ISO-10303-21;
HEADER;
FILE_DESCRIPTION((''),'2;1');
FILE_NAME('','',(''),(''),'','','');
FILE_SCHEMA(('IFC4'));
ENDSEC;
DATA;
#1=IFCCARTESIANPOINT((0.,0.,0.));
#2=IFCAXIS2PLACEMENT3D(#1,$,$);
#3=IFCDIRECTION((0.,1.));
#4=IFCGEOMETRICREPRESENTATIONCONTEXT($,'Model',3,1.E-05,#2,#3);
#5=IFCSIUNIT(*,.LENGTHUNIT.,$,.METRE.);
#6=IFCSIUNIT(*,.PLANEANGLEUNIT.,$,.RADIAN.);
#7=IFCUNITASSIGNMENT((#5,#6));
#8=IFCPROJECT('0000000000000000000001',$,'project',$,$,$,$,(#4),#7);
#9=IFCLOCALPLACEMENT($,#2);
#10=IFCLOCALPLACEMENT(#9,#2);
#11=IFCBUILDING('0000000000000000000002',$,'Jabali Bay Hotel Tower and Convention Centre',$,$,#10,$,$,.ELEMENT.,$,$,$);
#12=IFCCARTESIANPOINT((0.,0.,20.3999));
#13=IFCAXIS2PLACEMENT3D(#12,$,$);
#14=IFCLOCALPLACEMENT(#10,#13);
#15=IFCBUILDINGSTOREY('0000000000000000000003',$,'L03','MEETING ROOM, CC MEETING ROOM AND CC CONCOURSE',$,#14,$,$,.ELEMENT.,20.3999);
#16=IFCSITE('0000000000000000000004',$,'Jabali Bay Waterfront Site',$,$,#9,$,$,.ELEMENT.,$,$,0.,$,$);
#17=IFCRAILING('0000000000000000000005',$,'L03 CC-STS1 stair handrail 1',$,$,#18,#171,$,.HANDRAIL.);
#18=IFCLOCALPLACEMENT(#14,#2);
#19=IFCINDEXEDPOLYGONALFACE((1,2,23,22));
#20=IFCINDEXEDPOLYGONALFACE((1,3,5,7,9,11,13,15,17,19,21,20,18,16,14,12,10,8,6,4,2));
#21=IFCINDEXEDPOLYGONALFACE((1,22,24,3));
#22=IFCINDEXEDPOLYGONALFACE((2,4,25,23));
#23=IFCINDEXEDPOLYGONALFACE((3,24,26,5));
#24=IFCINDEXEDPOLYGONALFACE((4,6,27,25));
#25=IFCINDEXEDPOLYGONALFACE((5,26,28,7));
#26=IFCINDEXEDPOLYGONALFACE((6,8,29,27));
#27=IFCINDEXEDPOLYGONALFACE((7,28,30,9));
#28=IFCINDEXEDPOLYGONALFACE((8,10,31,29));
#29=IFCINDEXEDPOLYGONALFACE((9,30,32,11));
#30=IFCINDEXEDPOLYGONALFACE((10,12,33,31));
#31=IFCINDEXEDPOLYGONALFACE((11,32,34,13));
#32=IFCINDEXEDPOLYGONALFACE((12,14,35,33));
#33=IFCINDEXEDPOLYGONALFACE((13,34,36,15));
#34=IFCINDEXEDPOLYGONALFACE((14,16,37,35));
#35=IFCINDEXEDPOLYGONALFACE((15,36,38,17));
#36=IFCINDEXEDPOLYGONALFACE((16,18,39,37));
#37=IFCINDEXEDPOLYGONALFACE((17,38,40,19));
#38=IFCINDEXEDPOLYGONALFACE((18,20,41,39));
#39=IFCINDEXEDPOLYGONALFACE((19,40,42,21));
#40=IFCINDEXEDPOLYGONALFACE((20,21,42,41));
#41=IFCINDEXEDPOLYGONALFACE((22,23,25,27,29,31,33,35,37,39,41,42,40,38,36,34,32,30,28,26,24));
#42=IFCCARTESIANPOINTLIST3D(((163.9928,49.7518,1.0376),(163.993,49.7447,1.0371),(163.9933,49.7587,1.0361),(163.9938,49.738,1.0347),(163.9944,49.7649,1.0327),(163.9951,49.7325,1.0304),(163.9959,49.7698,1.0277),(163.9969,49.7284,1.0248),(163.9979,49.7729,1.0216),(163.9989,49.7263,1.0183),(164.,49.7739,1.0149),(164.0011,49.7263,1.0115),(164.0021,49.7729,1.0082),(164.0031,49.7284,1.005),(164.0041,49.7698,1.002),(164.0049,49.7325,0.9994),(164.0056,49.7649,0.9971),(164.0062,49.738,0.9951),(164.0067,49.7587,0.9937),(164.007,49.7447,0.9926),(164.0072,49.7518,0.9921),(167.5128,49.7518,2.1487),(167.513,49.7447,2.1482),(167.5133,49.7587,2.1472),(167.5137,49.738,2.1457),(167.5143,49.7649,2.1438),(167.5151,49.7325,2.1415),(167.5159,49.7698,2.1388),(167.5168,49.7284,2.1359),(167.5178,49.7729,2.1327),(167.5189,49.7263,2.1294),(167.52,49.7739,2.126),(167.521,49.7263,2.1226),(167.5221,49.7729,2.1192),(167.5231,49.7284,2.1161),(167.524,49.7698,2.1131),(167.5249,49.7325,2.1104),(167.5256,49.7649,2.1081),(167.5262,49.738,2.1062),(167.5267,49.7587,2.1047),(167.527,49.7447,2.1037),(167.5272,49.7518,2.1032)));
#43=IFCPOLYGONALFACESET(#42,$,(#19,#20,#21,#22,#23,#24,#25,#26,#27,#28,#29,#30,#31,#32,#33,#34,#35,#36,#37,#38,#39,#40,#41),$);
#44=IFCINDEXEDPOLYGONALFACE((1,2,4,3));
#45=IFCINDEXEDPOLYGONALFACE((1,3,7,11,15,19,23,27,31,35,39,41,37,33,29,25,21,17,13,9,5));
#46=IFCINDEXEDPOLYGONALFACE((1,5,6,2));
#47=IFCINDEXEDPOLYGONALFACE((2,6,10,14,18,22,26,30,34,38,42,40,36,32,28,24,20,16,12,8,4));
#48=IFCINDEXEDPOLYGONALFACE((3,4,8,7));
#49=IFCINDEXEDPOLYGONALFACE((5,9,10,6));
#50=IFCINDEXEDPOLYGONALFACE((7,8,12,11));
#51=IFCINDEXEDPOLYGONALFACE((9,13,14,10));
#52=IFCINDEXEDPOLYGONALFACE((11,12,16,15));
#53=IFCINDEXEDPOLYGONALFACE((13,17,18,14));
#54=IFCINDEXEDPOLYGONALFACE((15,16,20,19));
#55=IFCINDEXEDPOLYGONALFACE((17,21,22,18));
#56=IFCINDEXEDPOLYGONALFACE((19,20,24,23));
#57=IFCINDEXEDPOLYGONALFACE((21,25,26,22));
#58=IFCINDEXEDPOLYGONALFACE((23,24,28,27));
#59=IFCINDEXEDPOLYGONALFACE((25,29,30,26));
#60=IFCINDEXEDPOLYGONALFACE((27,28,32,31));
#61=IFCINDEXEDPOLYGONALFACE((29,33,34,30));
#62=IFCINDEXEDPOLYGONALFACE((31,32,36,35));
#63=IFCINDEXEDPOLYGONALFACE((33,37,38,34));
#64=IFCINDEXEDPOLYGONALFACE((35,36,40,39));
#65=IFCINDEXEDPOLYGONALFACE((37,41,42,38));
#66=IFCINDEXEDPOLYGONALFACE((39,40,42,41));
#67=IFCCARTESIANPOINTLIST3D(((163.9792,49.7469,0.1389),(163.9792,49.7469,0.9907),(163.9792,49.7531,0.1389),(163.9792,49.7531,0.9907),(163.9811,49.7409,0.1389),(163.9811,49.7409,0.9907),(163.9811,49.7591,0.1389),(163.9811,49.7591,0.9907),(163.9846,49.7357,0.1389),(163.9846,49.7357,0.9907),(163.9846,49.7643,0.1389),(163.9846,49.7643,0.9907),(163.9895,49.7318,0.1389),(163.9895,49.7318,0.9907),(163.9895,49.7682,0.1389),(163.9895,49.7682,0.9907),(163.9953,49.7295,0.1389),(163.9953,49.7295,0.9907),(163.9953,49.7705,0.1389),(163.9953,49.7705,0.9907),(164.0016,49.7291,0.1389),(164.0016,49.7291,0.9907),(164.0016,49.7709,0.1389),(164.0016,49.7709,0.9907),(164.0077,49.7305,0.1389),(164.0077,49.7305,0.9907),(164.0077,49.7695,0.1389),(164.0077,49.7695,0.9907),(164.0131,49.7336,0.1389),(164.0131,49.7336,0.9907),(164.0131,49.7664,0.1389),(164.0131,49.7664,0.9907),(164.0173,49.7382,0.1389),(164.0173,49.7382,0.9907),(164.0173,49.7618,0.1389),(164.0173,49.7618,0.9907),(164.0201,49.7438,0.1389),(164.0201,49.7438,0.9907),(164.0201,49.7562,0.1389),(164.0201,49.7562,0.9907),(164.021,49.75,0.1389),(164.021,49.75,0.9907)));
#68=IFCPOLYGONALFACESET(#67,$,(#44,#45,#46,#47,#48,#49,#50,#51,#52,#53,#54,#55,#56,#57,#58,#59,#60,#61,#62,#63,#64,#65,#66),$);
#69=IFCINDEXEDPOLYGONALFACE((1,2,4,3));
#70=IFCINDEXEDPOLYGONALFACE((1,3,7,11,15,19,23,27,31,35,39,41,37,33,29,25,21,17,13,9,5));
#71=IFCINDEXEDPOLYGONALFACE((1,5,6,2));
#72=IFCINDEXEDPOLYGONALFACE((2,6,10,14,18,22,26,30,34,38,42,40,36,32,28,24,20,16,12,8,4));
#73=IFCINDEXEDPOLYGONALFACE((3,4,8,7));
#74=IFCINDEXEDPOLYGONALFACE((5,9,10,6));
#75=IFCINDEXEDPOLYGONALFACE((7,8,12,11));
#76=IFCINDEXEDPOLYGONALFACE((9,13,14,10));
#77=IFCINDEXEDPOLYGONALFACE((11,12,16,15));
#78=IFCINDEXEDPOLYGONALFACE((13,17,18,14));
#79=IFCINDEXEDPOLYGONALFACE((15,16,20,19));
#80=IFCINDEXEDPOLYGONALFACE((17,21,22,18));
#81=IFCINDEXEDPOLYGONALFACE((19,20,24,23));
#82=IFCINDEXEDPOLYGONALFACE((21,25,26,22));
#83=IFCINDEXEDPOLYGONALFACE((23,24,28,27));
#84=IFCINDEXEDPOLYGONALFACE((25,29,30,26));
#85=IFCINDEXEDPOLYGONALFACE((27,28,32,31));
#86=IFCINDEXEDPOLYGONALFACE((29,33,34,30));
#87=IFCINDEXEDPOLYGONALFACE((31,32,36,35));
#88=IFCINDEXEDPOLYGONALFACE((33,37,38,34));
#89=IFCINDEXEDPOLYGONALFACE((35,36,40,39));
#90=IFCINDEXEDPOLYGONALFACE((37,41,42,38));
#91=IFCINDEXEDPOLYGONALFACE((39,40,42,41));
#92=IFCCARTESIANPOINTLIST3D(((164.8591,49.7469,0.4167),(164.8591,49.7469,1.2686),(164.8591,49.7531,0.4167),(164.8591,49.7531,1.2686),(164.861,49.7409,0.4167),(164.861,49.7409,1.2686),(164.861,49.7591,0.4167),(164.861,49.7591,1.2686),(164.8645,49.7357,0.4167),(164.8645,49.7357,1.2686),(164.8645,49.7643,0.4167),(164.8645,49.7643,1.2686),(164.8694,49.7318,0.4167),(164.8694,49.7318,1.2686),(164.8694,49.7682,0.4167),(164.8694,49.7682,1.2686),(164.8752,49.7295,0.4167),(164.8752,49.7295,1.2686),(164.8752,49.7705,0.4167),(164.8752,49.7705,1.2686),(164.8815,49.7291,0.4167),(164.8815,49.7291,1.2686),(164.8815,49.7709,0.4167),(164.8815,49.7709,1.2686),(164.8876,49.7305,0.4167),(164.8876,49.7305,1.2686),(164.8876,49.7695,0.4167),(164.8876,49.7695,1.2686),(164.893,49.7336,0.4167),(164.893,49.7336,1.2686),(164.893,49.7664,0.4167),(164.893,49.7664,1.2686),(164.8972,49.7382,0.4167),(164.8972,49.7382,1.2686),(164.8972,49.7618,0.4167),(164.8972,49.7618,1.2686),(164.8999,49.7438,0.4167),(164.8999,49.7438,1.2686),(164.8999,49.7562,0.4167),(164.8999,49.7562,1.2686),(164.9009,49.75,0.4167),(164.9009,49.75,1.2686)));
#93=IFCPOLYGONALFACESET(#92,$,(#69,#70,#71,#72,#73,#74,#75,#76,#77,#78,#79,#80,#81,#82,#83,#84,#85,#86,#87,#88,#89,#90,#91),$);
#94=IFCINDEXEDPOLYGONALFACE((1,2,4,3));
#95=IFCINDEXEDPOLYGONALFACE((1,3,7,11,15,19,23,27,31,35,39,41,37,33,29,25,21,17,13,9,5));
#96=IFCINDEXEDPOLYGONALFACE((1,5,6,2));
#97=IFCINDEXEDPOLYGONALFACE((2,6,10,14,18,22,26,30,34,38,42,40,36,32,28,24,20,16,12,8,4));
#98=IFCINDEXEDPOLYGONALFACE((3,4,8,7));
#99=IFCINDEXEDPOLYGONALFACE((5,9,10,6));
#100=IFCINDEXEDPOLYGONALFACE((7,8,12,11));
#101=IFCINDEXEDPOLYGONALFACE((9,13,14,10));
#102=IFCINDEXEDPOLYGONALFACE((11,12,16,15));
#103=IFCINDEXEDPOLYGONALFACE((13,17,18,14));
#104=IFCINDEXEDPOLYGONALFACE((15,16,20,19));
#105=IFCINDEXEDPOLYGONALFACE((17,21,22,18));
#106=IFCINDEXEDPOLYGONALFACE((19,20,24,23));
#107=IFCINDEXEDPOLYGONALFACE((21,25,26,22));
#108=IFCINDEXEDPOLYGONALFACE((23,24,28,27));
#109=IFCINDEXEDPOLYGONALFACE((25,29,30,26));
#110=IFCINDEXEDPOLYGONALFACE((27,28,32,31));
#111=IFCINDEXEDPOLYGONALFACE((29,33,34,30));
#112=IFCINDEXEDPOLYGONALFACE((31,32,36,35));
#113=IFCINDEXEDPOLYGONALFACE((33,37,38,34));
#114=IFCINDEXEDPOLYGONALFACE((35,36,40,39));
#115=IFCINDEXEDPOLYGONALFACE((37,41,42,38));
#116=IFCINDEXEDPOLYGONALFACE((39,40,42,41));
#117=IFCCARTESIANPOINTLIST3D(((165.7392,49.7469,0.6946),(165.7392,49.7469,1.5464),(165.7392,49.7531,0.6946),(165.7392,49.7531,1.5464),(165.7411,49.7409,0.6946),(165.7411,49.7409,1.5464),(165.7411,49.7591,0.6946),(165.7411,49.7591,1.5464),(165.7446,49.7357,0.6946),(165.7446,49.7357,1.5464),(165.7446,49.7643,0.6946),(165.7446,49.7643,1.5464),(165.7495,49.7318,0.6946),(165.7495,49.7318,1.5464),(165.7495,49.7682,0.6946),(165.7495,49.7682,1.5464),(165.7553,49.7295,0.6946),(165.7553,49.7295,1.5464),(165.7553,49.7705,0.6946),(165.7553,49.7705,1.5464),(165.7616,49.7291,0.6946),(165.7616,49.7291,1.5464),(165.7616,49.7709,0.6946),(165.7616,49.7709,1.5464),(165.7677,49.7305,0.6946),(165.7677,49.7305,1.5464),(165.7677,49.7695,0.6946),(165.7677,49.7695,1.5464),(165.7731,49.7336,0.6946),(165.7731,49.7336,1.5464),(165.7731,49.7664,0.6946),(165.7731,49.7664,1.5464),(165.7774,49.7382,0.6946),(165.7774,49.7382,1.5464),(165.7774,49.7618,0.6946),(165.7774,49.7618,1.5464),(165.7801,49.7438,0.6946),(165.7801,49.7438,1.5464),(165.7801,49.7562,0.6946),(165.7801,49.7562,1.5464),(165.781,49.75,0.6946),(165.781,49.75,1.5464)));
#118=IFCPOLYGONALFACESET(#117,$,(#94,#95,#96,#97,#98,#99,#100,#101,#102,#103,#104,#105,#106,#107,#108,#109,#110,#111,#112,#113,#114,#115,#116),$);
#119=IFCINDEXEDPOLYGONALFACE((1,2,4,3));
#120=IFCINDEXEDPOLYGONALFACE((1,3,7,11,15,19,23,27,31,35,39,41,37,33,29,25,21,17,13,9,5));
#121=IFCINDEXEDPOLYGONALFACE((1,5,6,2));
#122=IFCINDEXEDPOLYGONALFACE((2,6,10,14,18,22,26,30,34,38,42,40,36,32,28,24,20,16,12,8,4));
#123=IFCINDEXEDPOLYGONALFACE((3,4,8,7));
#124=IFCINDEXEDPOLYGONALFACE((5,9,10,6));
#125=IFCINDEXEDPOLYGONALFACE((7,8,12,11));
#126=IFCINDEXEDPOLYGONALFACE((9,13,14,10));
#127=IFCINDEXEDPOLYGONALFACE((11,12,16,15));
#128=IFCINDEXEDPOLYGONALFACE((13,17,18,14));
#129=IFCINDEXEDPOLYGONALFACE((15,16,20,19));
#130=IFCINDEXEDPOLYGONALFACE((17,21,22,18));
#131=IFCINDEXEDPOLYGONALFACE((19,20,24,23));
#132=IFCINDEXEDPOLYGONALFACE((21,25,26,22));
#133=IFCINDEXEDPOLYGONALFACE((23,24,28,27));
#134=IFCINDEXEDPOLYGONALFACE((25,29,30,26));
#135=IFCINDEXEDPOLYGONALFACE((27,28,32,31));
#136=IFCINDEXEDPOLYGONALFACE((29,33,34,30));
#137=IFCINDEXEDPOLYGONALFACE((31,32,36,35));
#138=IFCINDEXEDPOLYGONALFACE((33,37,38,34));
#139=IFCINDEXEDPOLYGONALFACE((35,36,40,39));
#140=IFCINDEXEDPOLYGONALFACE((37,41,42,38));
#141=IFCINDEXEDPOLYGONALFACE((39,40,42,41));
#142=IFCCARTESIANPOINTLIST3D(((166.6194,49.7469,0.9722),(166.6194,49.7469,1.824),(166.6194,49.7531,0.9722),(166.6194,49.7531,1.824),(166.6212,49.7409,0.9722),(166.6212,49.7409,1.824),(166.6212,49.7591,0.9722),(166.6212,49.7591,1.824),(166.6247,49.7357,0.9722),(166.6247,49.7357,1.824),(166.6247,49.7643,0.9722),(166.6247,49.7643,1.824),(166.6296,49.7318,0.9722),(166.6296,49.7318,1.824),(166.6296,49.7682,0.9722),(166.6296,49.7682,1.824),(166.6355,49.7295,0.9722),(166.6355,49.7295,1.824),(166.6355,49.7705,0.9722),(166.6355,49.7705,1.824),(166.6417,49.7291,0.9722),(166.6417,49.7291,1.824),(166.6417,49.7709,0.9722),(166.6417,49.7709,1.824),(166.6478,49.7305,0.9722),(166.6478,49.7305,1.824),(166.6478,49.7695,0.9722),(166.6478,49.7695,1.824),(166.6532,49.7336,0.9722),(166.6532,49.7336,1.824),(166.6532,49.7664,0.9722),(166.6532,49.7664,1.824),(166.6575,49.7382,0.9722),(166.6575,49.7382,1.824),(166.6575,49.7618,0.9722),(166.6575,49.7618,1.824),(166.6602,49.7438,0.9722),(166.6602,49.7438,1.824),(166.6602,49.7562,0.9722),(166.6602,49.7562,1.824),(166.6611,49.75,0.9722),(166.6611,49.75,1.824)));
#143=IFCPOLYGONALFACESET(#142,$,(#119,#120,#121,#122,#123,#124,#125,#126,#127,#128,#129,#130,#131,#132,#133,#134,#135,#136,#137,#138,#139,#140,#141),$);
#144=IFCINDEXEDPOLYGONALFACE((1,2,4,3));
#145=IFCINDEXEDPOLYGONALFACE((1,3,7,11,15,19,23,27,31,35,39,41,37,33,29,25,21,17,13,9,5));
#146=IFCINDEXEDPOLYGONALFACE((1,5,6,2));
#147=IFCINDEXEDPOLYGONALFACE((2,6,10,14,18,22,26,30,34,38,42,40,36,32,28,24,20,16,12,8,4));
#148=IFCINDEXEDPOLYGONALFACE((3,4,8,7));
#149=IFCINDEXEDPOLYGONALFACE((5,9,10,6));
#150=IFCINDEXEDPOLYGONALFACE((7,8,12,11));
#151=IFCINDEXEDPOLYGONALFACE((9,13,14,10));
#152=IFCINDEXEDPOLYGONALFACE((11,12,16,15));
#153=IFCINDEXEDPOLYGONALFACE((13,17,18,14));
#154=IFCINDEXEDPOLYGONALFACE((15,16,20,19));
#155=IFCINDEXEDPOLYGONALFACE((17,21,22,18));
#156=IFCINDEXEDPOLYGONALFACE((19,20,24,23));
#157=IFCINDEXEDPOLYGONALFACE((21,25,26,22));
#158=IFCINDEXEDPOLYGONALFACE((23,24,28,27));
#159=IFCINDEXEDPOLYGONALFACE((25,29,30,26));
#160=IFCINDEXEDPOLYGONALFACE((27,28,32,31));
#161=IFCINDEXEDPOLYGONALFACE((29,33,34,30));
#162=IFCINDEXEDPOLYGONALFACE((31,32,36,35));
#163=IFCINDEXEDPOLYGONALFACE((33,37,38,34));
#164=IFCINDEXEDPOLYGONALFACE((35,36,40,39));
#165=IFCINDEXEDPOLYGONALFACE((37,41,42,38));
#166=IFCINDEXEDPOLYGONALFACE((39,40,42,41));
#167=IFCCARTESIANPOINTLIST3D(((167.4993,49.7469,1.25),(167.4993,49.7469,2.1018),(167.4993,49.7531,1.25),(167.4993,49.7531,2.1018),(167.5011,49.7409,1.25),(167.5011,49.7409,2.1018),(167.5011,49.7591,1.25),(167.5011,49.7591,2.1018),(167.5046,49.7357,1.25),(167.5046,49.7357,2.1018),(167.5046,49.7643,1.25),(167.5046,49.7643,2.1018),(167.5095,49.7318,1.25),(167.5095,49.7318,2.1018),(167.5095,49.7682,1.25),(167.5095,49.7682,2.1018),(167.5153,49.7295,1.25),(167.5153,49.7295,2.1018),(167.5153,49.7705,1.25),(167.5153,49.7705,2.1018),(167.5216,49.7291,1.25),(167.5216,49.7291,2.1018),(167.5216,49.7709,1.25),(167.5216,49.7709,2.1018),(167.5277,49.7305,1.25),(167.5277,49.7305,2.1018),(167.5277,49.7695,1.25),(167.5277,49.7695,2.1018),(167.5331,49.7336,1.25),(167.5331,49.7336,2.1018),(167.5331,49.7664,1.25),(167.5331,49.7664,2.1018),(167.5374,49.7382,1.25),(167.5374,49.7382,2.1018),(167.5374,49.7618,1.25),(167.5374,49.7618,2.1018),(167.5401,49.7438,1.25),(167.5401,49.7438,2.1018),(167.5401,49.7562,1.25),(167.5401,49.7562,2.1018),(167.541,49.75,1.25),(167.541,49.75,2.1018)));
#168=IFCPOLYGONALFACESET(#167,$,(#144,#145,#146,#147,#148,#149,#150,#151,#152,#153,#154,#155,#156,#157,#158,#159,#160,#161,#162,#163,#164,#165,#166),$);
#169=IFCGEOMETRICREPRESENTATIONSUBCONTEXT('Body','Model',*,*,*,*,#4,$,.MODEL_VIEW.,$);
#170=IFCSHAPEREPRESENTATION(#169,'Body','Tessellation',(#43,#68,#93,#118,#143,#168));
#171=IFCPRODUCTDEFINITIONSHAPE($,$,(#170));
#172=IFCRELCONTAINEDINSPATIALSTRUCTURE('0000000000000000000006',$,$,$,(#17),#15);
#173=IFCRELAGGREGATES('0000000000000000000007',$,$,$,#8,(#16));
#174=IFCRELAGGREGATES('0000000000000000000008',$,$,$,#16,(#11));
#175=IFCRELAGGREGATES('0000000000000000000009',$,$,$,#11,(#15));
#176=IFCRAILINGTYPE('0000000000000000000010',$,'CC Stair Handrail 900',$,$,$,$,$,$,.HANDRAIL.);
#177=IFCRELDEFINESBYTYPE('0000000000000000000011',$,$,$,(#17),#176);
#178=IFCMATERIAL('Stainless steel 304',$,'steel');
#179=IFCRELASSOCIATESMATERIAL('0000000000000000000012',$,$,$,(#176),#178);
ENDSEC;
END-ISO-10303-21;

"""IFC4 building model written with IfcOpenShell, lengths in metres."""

from ifc_helpers import new_model, si_unit, direction, frame, origin, origin_2d, place, context, subcontext, project, spatial, circle, extrude, material, type_object, element, save


model = new_model("IFC4")

# Units and contexts
model_context = context("Model", 3, precision=1e-05, world=origin(), true_north=direction((0.0, 1.0)))
body_context = subcontext(model_context, "Body", "Model", "MODEL_VIEW")
ifc_project = project(units=[si_unit("LENGTHUNIT", "METRE"), si_unit("PLANEANGLEUNIT", "RADIAN")], contexts=[model_context])

# Site, building, storey
site_placement = place(None, origin())
site = spatial("IfcSite", under=ifc_project, at=site_placement, Name="Jabali Bay Waterfront Site", CompositionType="ELEMENT", RefElevation=0.0)
building_placement = place(site_placement, origin())
building = spatial("IfcBuilding", under=site, at=building_placement, Name="Jabali Bay Hotel Tower and Convention Centre", CompositionType="ELEMENT")
storey_placement = place(building_placement, frame((0.0, 0.0, 20.3999)))
storey = spatial("IfcBuildingStorey", under=building, at=storey_placement, Name="L03", Description="MEETING ROOM, CC MEETING ROOM AND CC CONCOURSE", CompositionType="ELEMENT", Elevation=20.3999)

# Railing
ifc_material_1 = material(Name="Stainless steel 304", Category="steel")
railing_type_1 = type_object("IfcRailingType", Name="CC Stair Handrail 900", PredefinedType="HANDRAIL", material=ifc_material_1)
for number, where, name in (
    (1, (164.0, 49.75, 0.1389), "L03 CC-STS1 stair handrail 1"),
):
    element("IfcRailing", number, at=place(storey_placement, frame(where)), inside=storey, type_object=railing_type_1, Name=name, PredefinedType="HANDRAIL", context=body_context, shape_type="SweptSolid", body=[
        extrude(circle(Radius=0.0239, at=origin_2d()), frame((0.0, 0.0, 0.876), z_axis=(0.953622, 0.0, 0.301008), x_axis=(0.0, 1.0, 0.0)), (0.0, 0.0, 1.0), 3.6912),
        extrude(circle(Radius=0.021, at=origin_2d()), origin(), (0.0, 0.0, 1.0), 0.8518),
        extrude(circle(Radius=0.021, at=origin_2d()), frame((0.8799, 0.0, 0.2778)), (0.0, 0.0, 1.0), 0.8518),
        extrude(circle(Radius=0.021, at=origin_2d()), frame((1.76, 0.0, 0.5557)), (0.0, 0.0, 1.0), 0.8518),
        extrude(circle(Radius=0.021, at=origin_2d()), frame((2.6401, 0.0, 0.8333)), (0.0, 0.0, 1.0), 0.8518),
        extrude(circle(Radius=0.021, at=origin_2d()), frame((3.52, 0.0, 1.1111)), (0.0, 0.0, 1.0), 0.8518),
    ])

save(model, "model.ifc")
